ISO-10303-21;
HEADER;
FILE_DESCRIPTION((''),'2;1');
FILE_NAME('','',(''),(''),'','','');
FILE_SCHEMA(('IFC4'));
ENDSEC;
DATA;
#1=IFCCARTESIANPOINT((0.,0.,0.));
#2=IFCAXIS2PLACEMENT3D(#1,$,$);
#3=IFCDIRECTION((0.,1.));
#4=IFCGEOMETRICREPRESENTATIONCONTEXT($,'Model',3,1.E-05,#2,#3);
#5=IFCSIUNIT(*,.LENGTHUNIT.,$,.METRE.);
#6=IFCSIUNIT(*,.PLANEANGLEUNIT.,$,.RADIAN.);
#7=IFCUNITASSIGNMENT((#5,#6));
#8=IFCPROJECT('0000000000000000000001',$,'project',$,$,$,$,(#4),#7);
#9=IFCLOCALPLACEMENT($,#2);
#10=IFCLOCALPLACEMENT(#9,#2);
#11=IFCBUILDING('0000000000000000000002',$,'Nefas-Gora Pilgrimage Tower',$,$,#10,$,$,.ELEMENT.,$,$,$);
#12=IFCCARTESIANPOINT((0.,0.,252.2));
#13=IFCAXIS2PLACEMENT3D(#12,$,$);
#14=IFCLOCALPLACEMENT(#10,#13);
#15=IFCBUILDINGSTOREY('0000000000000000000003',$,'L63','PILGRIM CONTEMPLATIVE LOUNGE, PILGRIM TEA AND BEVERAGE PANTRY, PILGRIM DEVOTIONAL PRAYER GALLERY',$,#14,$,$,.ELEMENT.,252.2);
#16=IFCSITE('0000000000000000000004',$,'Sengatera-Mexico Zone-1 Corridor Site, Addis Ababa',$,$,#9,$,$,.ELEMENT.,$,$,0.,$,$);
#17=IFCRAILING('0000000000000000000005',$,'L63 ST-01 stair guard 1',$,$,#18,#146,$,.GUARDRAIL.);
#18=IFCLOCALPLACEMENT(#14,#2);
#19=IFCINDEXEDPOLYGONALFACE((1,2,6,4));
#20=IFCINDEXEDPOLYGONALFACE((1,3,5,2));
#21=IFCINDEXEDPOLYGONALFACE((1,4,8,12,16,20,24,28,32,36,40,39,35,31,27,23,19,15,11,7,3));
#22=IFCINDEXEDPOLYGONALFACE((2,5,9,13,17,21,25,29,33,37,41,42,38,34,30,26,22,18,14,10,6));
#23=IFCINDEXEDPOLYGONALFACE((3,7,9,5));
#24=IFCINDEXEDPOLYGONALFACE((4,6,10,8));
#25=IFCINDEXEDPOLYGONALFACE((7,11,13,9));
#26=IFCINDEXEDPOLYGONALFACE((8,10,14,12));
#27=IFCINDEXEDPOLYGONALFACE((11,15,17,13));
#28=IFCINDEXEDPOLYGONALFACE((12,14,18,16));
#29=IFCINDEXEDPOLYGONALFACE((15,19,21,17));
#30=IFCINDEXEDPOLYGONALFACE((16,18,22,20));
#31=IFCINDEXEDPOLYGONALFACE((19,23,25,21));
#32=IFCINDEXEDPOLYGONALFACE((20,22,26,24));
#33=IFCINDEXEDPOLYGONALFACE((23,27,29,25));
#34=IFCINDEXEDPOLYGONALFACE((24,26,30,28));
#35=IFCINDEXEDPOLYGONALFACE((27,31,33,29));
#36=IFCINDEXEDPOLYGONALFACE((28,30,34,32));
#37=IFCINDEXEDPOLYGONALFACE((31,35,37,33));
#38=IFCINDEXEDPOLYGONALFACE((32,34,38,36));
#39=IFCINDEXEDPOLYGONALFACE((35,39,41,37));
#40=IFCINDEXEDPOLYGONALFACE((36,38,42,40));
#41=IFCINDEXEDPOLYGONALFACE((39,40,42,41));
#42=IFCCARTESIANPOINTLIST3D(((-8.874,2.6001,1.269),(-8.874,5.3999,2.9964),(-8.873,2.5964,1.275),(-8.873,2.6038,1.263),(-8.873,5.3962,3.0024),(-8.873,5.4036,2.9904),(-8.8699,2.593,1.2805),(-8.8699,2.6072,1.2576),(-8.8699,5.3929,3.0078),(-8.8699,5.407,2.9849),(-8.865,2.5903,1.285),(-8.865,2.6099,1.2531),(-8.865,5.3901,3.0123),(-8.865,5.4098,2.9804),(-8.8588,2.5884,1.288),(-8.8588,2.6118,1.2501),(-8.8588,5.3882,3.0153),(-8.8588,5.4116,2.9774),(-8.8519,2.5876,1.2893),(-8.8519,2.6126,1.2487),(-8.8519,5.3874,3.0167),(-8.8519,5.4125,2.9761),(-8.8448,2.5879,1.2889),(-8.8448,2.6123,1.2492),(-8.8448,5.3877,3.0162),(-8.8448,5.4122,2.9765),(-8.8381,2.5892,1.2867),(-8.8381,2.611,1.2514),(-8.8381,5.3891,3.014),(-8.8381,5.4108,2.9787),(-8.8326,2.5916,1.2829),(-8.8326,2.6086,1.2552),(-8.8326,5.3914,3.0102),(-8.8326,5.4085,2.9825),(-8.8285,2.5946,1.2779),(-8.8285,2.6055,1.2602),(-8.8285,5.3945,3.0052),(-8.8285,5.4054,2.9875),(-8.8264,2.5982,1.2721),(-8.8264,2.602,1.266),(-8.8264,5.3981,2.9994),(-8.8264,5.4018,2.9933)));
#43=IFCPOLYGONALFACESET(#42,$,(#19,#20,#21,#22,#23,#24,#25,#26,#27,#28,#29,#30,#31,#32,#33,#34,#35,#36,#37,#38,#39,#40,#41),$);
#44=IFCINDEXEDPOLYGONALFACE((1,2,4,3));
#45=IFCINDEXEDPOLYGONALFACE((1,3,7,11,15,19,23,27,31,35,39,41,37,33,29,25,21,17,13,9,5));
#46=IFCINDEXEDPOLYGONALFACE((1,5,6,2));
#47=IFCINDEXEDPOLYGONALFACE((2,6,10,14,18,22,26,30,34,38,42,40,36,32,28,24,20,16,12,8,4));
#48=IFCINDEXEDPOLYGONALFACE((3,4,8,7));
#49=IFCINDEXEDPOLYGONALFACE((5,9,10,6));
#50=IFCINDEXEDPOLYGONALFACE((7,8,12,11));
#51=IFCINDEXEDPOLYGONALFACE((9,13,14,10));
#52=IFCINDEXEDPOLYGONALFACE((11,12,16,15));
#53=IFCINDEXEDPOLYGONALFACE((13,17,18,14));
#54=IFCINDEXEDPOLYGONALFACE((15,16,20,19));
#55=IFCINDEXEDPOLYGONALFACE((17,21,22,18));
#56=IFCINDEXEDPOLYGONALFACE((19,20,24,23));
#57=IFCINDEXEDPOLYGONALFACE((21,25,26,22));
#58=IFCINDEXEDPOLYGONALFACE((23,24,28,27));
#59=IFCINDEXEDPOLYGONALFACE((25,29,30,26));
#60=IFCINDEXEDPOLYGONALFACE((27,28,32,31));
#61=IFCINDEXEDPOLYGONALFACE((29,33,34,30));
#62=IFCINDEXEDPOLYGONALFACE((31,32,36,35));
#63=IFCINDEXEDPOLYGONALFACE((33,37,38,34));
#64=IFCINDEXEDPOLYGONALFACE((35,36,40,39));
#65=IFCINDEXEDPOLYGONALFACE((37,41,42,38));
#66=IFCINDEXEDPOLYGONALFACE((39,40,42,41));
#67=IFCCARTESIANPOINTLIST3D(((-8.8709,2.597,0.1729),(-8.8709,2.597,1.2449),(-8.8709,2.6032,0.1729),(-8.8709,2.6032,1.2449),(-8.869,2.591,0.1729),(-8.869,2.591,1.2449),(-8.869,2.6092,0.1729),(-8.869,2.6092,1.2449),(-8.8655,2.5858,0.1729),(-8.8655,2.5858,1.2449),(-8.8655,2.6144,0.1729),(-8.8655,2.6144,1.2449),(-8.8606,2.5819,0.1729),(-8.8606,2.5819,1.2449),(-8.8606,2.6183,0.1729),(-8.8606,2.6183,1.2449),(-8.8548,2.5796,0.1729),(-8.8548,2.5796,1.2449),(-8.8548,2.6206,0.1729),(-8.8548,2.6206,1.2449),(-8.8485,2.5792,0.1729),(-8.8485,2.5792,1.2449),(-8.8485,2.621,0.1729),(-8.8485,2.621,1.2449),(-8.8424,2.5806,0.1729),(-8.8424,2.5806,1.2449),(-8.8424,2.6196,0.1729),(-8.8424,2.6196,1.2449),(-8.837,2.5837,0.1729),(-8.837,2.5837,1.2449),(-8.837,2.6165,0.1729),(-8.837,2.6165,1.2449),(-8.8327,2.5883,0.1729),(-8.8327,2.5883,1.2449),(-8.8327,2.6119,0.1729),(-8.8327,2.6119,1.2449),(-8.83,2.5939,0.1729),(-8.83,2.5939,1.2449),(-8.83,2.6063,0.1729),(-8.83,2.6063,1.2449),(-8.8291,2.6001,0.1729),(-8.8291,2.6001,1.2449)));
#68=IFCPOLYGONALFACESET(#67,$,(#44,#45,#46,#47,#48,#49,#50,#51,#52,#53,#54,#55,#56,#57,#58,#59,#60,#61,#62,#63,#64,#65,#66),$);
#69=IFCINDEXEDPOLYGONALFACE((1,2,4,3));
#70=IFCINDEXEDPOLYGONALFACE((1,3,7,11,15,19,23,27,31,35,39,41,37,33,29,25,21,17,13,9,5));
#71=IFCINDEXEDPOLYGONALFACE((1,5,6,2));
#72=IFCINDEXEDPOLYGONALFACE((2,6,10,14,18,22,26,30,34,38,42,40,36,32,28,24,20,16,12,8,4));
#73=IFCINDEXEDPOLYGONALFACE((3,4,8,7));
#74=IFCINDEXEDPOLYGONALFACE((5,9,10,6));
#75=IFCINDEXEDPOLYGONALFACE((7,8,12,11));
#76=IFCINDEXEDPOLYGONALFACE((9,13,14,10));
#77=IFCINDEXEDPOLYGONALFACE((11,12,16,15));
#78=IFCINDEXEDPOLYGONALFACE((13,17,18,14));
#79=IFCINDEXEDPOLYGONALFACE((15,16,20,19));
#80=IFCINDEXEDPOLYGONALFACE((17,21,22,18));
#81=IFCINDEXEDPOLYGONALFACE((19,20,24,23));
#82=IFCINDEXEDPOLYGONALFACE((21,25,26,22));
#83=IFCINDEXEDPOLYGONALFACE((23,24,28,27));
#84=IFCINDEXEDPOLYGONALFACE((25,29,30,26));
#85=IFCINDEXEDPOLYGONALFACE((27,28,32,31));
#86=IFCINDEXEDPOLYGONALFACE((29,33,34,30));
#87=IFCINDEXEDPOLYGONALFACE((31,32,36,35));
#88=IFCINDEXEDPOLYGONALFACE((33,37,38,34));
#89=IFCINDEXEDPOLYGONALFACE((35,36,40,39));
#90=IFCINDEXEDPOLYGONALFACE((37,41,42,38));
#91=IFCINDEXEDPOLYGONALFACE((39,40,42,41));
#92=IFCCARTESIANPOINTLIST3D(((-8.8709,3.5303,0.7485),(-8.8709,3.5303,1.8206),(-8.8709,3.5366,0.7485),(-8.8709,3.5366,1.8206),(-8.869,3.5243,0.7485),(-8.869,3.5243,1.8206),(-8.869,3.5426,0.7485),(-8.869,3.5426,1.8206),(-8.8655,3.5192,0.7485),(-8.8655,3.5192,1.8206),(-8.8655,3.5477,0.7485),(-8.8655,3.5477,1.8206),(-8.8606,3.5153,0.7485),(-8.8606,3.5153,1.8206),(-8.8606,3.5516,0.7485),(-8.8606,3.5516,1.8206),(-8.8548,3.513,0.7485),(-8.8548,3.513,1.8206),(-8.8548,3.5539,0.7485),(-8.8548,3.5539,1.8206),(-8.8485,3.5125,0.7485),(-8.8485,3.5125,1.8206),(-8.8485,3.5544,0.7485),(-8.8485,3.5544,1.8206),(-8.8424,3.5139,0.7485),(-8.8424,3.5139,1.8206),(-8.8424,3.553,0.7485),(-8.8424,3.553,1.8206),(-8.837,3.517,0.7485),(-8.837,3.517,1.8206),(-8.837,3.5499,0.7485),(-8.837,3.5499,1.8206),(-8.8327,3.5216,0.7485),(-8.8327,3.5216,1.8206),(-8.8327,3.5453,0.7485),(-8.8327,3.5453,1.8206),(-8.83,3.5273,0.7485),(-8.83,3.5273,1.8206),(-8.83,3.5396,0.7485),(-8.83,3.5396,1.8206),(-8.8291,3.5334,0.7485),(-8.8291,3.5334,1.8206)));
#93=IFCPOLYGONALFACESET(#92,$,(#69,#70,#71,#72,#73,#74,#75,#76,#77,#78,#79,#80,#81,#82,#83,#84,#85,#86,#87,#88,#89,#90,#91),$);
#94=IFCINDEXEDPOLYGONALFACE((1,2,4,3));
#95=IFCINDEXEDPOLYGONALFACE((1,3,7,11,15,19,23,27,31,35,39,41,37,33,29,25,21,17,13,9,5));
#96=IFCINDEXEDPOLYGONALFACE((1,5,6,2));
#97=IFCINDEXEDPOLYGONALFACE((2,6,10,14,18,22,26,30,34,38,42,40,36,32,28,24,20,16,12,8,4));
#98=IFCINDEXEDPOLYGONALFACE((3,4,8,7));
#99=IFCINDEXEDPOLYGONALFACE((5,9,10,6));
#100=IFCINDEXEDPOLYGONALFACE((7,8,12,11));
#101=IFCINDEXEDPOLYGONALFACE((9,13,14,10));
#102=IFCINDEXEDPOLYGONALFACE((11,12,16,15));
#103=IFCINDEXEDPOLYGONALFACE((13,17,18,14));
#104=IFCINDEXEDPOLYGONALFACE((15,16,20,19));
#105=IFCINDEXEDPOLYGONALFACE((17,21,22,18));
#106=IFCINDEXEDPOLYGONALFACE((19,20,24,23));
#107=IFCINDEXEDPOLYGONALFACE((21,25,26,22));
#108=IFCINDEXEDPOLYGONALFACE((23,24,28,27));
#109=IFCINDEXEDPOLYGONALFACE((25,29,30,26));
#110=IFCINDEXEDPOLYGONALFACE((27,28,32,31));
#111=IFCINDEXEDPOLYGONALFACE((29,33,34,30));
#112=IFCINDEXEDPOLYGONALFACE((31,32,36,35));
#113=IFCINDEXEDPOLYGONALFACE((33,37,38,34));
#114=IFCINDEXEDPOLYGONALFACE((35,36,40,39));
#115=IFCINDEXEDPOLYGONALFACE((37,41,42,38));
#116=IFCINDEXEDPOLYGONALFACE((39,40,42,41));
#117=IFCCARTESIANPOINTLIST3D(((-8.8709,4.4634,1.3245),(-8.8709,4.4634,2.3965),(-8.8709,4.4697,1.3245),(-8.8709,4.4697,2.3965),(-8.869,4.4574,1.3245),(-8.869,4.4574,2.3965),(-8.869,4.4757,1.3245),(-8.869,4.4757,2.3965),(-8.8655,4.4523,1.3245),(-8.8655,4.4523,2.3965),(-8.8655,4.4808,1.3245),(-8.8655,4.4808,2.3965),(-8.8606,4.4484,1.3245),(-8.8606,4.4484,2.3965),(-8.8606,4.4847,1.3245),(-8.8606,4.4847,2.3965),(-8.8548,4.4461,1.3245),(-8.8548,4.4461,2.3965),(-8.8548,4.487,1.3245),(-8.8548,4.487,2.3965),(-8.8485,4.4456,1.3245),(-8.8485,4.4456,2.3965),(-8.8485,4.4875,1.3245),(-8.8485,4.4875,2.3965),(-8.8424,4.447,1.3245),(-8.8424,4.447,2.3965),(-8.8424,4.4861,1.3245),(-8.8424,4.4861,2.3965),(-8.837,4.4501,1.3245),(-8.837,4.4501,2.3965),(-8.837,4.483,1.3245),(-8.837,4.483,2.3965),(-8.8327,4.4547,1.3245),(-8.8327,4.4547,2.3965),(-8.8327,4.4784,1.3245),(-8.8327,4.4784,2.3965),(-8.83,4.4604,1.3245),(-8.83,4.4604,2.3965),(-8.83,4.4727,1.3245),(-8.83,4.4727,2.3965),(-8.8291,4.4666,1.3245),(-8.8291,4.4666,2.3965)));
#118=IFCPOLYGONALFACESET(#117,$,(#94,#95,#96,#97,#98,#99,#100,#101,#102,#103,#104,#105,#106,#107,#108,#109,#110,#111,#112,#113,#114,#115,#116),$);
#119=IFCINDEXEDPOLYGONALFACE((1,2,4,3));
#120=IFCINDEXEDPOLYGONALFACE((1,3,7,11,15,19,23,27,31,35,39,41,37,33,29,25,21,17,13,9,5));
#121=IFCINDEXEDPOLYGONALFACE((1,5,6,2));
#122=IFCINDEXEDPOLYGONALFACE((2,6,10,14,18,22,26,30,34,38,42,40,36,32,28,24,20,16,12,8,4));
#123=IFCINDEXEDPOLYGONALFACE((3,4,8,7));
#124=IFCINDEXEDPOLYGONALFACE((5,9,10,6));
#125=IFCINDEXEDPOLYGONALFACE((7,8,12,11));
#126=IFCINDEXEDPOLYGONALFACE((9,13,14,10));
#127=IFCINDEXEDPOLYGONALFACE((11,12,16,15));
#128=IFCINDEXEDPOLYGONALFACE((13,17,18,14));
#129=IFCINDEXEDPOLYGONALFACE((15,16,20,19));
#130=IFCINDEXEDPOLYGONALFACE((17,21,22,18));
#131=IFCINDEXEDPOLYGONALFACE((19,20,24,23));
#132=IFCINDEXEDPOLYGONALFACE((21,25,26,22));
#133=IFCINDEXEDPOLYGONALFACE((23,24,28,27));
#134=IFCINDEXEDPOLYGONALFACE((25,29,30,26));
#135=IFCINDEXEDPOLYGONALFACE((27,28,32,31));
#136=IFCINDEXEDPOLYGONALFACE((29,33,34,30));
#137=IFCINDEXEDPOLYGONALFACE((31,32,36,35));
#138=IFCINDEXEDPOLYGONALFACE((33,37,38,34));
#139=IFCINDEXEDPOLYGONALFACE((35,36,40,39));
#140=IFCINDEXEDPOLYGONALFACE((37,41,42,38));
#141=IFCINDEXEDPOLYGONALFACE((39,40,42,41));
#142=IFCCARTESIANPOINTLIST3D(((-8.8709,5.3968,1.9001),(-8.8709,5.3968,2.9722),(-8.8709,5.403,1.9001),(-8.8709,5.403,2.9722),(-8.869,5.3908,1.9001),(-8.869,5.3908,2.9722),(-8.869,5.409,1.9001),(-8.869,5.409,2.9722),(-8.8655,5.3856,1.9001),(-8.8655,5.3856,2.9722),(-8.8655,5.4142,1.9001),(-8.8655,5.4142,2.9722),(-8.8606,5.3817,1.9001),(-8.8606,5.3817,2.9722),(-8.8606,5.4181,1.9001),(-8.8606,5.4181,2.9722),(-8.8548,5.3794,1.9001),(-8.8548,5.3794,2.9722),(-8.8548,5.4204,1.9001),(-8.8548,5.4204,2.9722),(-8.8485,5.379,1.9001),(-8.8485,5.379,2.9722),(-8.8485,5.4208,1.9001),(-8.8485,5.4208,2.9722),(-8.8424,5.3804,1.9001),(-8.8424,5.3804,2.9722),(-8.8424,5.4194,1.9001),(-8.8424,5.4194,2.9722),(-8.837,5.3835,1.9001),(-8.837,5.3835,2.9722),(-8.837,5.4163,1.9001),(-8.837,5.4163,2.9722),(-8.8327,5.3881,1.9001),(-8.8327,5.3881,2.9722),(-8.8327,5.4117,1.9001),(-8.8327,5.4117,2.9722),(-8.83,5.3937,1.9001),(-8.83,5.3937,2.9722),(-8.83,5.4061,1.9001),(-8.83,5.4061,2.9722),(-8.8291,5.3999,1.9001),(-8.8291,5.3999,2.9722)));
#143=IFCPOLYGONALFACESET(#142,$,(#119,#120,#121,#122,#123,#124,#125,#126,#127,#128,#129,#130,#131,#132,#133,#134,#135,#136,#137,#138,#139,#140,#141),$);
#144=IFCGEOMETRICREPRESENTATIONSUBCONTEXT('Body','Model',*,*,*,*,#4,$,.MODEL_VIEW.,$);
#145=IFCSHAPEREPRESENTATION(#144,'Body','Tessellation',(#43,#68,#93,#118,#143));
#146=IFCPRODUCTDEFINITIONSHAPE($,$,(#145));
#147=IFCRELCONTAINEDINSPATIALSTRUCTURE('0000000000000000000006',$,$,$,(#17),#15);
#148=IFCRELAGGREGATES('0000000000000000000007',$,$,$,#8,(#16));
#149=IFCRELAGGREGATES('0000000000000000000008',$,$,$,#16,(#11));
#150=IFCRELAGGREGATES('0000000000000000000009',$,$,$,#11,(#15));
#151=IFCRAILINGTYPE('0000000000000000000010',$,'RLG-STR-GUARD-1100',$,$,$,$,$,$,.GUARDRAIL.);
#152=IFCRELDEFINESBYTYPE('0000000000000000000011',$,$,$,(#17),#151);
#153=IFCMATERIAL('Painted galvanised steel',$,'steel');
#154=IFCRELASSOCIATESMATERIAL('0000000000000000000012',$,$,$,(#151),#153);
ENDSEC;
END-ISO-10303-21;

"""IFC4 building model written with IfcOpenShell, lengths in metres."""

from ifc_helpers import new_model, si_unit, direction, frame, origin, origin_2d, place, context, subcontext, project, spatial, circle, extrude, material, type_object, element, save


model = new_model("IFC4")

# Units and contexts
model_context = context("Model", 3, precision=1e-05, world=origin(), true_north=direction((0.0, 1.0)))
body_context = subcontext(model_context, "Body", "Model", "MODEL_VIEW")
ifc_project = project(units=[si_unit("LENGTHUNIT", "METRE"), si_unit("PLANEANGLEUNIT", "RADIAN")], contexts=[model_context])

# Site, building, storey
site_placement = place(None, origin())
site = spatial("IfcSite", under=ifc_project, at=site_placement, Name="Sengatera-Mexico Zone-1 Corridor Site, Addis Ababa", CompositionType="ELEMENT", RefElevation=0.0)
building_placement = place(site_placement, origin())
building = spatial("IfcBuilding", under=site, at=building_placement, Name="Nefas-Gora Pilgrimage Tower", CompositionType="ELEMENT")
storey_placement = place(building_placement, frame((0.0, 0.0, 252.2)))
storey = spatial("IfcBuildingStorey", under=building, at=storey_placement, Name="L63", Description="PILGRIM CONTEMPLATIVE LOUNGE, PILGRIM TEA AND BEVERAGE PANTRY, PILGRIM DEVOTIONAL PRAYER GALLERY", CompositionType="ELEMENT", Elevation=252.2)

# Railing
ifc_material_1 = material(Name="Painted galvanised steel", Category="steel")
railing_type_1 = type_object("IfcRailingType", Name="RLG-STR-GUARD-1100", PredefinedType="GUARDRAIL", material=ifc_material_1)
railing_1_placement = place(storey_placement, frame((-8.8501, 2.6001, 0.1729)))
element("IfcRailing", 1, at=railing_1_placement, inside=storey, type_object=railing_type_1, Name="L63 ST-01 stair guard 1", PredefinedType="GUARDRAIL", context=body_context, shape_type="SweptSolid", body=[
    extrude(circle(Radius=0.0239, at=origin_2d()), frame((0.0, 0.0, 1.0962), z_axis=(0.0, 0.851069, 0.525054), x_axis=(-1.0, 0.0, 0.0)), (0.0, 0.0, 1.0), 3.2898),
    extrude(circle(Radius=0.021, at=origin_2d()), origin(), (0.0, 0.0, 1.0), 1.072),
    extrude(circle(Radius=0.021, at=origin_2d()), frame((0.0, 0.9333, 0.5757)), (0.0, 0.0, 1.0), 1.072),
    extrude(circle(Radius=0.021, at=origin_2d()), frame((0.0, 1.8665, 1.1516)), (0.0, 0.0, 1.0), 1.072),
    extrude(circle(Radius=0.021, at=origin_2d()), frame((0.0, 2.7998, 1.7273)), (0.0, 0.0, 1.0), 1.072),
])

save(model, "model.ifc")
